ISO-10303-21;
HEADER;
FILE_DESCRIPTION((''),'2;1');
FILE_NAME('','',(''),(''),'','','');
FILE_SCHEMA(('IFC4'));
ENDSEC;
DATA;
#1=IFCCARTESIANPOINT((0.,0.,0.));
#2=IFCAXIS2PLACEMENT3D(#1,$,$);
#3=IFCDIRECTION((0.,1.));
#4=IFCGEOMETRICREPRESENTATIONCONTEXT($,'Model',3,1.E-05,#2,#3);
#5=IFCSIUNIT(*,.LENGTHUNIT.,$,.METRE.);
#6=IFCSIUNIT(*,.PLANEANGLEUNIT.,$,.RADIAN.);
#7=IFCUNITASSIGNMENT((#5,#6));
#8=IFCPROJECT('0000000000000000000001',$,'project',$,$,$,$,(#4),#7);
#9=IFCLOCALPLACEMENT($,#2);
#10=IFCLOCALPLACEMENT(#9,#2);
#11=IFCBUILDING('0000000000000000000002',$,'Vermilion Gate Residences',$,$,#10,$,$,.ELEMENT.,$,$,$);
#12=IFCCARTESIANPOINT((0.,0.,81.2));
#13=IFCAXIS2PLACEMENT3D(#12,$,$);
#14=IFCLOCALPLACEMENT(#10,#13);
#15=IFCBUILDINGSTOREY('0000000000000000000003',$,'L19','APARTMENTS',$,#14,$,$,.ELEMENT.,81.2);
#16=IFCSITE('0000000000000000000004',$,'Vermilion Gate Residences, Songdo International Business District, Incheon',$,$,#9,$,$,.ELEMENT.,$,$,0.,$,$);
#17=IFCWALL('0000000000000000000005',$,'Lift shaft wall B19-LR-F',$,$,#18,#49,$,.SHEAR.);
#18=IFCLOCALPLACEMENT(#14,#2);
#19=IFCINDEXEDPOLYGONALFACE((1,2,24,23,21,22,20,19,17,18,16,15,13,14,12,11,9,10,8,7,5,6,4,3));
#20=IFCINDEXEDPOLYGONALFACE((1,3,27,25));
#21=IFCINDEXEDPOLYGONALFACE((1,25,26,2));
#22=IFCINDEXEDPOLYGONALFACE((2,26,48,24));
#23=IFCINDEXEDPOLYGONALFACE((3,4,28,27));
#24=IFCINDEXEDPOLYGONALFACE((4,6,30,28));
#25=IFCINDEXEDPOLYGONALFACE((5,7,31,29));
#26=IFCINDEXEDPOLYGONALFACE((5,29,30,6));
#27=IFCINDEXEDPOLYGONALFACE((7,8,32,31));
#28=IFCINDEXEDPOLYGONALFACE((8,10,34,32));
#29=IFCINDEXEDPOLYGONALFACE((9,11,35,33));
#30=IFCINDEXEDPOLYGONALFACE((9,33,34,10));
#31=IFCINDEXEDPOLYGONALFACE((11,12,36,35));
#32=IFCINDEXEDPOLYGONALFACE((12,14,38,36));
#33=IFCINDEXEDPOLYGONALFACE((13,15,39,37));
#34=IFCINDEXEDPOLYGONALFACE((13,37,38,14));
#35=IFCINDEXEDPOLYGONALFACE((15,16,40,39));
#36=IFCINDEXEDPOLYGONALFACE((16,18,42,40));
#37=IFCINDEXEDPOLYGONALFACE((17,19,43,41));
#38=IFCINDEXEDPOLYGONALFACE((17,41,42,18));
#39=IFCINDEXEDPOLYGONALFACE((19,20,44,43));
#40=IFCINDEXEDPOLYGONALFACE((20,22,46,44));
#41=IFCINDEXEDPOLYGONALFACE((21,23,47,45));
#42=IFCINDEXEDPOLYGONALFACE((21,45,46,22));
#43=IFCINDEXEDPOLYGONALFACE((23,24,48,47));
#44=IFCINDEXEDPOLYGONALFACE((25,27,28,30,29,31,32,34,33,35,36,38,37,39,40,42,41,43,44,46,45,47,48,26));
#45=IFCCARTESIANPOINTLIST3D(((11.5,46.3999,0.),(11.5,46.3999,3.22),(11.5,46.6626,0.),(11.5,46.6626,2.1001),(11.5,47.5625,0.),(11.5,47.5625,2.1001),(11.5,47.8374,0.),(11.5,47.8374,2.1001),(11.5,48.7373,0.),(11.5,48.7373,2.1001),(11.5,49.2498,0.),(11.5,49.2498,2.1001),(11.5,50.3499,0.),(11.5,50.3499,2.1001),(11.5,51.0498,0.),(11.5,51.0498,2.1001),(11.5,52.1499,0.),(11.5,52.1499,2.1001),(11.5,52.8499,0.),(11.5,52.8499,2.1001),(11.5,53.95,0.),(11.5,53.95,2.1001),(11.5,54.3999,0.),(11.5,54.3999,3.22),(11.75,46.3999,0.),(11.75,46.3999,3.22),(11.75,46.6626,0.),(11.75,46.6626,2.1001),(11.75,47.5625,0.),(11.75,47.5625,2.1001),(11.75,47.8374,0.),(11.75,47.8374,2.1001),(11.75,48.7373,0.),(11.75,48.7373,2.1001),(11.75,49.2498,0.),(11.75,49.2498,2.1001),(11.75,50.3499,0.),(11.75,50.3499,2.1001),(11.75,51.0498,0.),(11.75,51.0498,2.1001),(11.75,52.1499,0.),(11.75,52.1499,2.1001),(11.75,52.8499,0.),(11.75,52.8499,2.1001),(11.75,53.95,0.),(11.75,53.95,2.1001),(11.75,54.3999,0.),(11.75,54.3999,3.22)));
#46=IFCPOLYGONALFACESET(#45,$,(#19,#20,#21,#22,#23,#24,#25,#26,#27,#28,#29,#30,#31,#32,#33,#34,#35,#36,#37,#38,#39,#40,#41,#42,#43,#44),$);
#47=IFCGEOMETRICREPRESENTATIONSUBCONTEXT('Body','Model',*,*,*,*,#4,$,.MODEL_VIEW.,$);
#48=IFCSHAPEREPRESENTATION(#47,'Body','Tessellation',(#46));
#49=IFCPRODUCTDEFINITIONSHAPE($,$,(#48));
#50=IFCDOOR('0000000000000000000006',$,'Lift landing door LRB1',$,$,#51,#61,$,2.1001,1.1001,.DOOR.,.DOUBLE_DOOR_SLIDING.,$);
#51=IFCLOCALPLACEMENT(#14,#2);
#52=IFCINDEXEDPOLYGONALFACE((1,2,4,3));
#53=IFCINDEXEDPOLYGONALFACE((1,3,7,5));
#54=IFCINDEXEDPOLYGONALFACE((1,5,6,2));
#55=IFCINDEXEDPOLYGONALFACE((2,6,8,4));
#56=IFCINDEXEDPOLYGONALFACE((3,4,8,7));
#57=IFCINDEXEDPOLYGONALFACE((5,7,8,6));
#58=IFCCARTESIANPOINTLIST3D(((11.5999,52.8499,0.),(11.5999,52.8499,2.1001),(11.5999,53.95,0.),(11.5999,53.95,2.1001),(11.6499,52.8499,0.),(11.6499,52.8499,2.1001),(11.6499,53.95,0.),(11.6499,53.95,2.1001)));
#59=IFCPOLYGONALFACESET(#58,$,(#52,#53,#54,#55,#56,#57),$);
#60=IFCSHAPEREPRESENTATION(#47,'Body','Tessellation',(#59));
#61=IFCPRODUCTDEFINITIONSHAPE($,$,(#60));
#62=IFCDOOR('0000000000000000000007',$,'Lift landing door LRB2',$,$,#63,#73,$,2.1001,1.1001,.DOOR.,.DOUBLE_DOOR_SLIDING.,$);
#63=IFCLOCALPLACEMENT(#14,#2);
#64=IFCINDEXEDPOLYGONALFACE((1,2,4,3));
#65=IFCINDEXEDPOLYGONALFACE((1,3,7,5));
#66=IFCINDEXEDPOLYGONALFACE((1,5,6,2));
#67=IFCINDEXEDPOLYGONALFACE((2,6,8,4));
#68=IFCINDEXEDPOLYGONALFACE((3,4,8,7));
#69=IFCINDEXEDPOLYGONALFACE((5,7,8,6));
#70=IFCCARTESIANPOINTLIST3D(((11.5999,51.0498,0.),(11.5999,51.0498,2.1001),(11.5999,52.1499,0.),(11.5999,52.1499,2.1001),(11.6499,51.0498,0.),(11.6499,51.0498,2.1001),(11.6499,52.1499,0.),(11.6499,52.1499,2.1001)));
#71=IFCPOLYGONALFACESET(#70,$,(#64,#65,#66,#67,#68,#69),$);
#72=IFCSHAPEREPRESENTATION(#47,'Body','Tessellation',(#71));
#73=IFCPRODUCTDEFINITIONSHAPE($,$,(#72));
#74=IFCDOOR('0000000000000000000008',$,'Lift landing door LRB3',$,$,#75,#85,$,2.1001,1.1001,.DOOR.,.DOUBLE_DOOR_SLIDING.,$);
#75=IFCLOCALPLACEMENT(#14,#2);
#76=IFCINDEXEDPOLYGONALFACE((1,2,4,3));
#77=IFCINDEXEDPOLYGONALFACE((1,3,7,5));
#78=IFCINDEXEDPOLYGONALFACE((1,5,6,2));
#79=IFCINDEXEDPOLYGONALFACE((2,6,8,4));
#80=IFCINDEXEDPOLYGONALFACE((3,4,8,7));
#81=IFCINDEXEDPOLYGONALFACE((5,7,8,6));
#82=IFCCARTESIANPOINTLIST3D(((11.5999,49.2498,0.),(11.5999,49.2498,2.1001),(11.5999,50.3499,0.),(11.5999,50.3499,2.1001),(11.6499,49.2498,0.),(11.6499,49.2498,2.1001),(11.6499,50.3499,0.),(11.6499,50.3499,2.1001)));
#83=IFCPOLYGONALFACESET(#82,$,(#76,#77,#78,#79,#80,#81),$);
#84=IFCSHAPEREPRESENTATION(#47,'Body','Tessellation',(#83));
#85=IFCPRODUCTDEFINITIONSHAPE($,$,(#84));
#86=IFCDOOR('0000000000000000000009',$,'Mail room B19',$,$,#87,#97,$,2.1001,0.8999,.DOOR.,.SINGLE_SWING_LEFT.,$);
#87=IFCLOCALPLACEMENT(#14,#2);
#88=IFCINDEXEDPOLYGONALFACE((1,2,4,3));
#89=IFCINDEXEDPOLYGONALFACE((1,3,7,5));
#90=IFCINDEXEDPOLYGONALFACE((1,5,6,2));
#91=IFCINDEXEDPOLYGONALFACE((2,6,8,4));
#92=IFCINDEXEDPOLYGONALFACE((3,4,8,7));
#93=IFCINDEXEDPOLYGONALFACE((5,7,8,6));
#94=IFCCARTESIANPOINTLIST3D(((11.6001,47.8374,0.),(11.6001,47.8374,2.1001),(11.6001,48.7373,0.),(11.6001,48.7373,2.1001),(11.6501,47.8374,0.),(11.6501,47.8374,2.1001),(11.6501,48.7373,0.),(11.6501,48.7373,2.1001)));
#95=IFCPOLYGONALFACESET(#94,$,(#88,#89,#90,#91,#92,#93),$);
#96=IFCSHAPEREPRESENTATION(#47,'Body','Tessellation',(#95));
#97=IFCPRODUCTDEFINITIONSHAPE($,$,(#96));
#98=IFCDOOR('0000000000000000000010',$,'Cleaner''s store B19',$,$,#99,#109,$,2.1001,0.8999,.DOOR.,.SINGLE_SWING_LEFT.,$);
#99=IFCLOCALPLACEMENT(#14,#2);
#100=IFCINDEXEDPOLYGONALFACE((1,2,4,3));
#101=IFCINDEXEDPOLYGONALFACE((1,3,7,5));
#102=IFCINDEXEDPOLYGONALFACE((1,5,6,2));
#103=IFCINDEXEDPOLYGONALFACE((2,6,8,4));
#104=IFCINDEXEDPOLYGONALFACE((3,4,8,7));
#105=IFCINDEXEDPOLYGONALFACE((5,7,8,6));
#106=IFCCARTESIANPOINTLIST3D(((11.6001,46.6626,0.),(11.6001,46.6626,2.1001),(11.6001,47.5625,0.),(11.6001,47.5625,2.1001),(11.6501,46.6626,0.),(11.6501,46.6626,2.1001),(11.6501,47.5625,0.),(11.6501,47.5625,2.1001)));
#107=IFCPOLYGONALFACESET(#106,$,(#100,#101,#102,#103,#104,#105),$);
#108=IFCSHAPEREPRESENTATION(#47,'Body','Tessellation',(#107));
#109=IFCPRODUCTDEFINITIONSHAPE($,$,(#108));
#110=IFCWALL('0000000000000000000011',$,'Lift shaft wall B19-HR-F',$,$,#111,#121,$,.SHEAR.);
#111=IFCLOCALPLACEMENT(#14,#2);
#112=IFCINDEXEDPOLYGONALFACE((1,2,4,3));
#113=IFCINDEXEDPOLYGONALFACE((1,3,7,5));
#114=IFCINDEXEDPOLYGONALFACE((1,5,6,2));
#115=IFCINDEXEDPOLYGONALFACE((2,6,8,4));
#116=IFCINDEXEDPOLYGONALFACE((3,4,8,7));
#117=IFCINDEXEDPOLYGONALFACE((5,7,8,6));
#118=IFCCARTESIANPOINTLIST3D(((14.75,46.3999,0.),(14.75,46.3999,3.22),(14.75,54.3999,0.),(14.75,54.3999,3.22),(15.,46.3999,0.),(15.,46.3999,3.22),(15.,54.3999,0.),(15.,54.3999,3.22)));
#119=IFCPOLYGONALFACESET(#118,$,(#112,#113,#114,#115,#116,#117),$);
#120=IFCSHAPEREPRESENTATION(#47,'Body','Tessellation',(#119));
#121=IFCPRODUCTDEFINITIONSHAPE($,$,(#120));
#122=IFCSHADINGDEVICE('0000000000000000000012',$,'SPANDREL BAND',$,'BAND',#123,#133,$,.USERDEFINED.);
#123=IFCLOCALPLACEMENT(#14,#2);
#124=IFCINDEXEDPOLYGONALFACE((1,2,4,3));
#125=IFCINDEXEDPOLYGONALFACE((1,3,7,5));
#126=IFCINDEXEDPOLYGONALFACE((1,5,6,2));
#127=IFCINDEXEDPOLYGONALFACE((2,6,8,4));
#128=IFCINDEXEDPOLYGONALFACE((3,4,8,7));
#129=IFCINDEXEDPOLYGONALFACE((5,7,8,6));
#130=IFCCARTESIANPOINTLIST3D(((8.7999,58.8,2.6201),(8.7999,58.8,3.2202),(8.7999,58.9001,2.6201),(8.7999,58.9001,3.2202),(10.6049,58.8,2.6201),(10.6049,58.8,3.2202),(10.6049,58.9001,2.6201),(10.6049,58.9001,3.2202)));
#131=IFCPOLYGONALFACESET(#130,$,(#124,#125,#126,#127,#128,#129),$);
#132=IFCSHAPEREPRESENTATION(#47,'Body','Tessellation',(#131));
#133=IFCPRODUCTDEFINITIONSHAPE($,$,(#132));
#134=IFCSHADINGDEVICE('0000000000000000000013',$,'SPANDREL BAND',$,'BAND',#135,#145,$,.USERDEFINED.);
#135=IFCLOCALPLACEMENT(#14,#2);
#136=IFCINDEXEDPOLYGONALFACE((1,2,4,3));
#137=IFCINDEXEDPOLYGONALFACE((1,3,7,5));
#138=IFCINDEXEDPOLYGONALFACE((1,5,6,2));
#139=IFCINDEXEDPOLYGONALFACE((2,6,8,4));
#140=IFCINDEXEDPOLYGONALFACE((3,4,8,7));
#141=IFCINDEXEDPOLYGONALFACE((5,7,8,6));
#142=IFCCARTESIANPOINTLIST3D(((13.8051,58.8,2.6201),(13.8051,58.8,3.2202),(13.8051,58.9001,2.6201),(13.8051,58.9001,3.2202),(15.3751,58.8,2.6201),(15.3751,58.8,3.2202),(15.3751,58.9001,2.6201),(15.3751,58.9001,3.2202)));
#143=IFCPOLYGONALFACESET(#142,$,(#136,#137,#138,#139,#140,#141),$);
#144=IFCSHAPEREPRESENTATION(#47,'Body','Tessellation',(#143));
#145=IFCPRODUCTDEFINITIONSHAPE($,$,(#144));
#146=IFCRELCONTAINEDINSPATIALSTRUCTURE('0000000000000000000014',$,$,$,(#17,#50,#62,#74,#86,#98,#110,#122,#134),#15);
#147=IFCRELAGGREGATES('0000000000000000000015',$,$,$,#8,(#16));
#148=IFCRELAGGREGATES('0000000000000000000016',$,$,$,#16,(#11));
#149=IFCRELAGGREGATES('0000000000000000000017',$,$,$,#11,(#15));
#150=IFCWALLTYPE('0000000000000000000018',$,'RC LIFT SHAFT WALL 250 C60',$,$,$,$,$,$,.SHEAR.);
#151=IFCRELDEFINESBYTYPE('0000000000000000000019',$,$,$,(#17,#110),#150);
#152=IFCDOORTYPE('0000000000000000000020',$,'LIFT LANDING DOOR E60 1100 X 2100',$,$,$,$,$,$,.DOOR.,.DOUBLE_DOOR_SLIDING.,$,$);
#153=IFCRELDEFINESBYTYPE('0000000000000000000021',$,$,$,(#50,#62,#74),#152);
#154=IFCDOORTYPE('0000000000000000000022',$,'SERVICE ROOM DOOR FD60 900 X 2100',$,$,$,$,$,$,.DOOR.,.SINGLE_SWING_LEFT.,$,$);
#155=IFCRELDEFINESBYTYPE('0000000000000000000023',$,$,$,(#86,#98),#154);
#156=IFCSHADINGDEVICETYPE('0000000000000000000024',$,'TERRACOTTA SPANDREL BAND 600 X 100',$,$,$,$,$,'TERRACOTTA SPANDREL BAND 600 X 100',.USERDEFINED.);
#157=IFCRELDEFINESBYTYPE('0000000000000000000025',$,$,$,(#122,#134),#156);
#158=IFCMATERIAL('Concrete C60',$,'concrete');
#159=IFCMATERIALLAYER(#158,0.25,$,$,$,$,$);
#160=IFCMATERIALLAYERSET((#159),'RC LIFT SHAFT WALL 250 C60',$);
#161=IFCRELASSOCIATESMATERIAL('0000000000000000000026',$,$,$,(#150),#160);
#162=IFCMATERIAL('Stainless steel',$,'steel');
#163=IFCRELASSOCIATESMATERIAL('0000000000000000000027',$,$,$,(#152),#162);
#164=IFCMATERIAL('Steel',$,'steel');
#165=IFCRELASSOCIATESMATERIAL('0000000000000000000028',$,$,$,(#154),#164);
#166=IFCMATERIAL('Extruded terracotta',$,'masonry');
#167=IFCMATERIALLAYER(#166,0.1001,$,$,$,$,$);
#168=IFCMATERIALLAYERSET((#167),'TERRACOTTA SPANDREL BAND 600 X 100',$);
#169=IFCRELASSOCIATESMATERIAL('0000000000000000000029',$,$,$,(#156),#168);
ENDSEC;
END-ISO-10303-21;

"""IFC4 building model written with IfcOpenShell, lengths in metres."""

from ifc_helpers import new_model, si_unit, direction, frame, frame_2d, origin, origin_2d, place, context, subcontext, project, spatial, rectangle, extrude, material, layer, layer_set, type_object, element, fill, save


model = new_model("IFC4")

# Units and contexts
model_context = context("Model", 3, precision=1e-05, world=origin(), true_north=direction((0.0, 1.0)))
body_context = subcontext(model_context, "Body", "Model", "MODEL_VIEW")
ifc_project = project(units=[si_unit("LENGTHUNIT", "METRE"), si_unit("PLANEANGLEUNIT", "RADIAN")], contexts=[model_context])

# Site, building, storey
site_placement = place(None, origin())
site = spatial("IfcSite", under=ifc_project, at=site_placement, Name="Vermilion Gate Residences, Songdo International Business District, Incheon", CompositionType="ELEMENT", RefElevation=0.0)
building_placement = place(site_placement, origin())
building = spatial("IfcBuilding", under=site, at=building_placement, Name="Vermilion Gate Residences", CompositionType="ELEMENT")
storey_placement = place(building_placement, frame((0.0, 0.0, 81.2)))
storey = spatial("IfcBuildingStorey", under=building, at=storey_placement, Name="L19", Description="APARTMENTS", CompositionType="ELEMENT", Elevation=81.2)

# Wall, openings, doors
ifc_material_1 = material(Name="Concrete C60", Category="concrete")
ifc_layer_1 = layer(ifc_material_1, 0.25)
ifc_layer_set_1 = layer_set([ifc_layer_1], Name="RC LIFT SHAFT WALL 250 C60")
wall_type_1 = type_object("IfcWallType", Name="RC LIFT SHAFT WALL 250 C60", PredefinedType="SHEAR", material=ifc_layer_set_1)
wall_1_placement = place(storey_placement, frame((11.625, 54.3999, 0.0), z_axis=(0.0, 0.0, 1.0), x_axis=(0.0, -1.0, 0.0)))
wall_1 = element("IfcWall", 1, at=wall_1_placement, inside=storey, type_object=wall_type_1, Name="Lift shaft wall B19-LR-F", PredefinedType="SHEAR", context=body_context, shape_type="SweptSolid", body=[
    extrude(rectangle(XDim=8.0, YDim=0.25, at=frame_2d((4.0, 0.0))), origin(), (0.0, 0.0, 1.0), 3.22),
])
opening_1_placement = place(wall_1_placement, frame((0.45, 0.0, 0.0)))
opening_1 = element("IfcOpeningElement", 2, at=opening_1_placement, cuts=wall_1, PredefinedType="OPENING", context=body_context, shape_type="SweptSolid", body=[
    extrude(rectangle(XDim=1.1001, YDim=2.1001, at=frame_2d((0.55, 1.05))), frame((0.0, 0.135, 0.0), z_axis=(0.0, -1.0, 0.0), x_axis=(1.0, 0.0, 0.0)), (0.0, 0.0, 1.0), 0.27),
])
opening_2_placement = place(wall_1_placement, frame((2.25, 0.0, 0.0)))
opening_2 = element("IfcOpeningElement", 3, at=opening_2_placement, cuts=wall_1, PredefinedType="OPENING", context=body_context, shape_type="SweptSolid", body=[
    extrude(rectangle(XDim=1.1001, YDim=2.1001, at=frame_2d((0.55, 1.05))), frame((0.0, 0.135, 0.0), z_axis=(0.0, -1.0, 0.0), x_axis=(1.0, 0.0, 0.0)), (0.0, 0.0, 1.0), 0.27),
])
opening_3_placement = place(wall_1_placement, frame((4.05, 0.0, 0.0)))
opening_3 = element("IfcOpeningElement", 4, at=opening_3_placement, cuts=wall_1, PredefinedType="OPENING", context=body_context, shape_type="SweptSolid", body=[
    extrude(rectangle(XDim=1.1001, YDim=2.1001, at=frame_2d((0.55, 1.05))), frame((0.0, 0.135, 0.0), z_axis=(0.0, -1.0, 0.0), x_axis=(1.0, 0.0, 0.0)), (0.0, 0.0, 1.0), 0.27),
])
opening_4_placement = place(wall_1_placement, frame((5.6626, 0.0, 0.0)))
opening_4 = element("IfcOpeningElement", 5, at=opening_4_placement, cuts=wall_1, PredefinedType="OPENING", context=body_context, shape_type="SweptSolid", body=[
    extrude(rectangle(XDim=0.8999, YDim=2.1001, at=frame_2d((0.45, 1.05))), frame((0.0, 0.135, 0.0), z_axis=(0.0, -1.0, 0.0), x_axis=(1.0, 0.0, 0.0)), (0.0, 0.0, 1.0), 0.27),
])
opening_5_placement = place(wall_1_placement, frame((6.8374, 0.0, 0.0)))
opening_5 = element("IfcOpeningElement", 6, at=opening_5_placement, cuts=wall_1, PredefinedType="OPENING", context=body_context, shape_type="SweptSolid", body=[
    extrude(rectangle(XDim=0.8999, YDim=2.1001, at=frame_2d((0.45, 1.05))), frame((0.0, 0.135, 0.0), z_axis=(0.0, -1.0, 0.0), x_axis=(1.0, 0.0, 0.0)), (0.0, 0.0, 1.0), 0.27),
])
ifc_material_2 = material(Name="Stainless steel", Category="steel")
door_type_1 = type_object("IfcDoorType", Name="LIFT LANDING DOOR E60 1100 X 2100", OperationType="DOUBLE_DOOR_SLIDING", PredefinedType="DOOR", material=ifc_material_2)
door_1_placement = place(opening_1_placement, origin())
door_1 = element("IfcDoor", 7, at=door_1_placement, inside=storey, type_object=door_type_1, Name="Lift landing door LRB1", OperationType="DOUBLE_DOOR_SLIDING", OverallHeight=2.1001, OverallWidth=1.1001, PredefinedType="DOOR", context=body_context, shape_type="SweptSolid", body=[
    extrude(rectangle(XDim=1.1001, YDim=2.1001, at=frame_2d((0.55, 1.05))), frame((0.0, 0.0249, 0.0), z_axis=(0.0, -1.0, 0.0), x_axis=(1.0, 0.0, 0.0)), (0.0, 0.0, 1.0), 0.05),
])
fill(opening_1, door_1)
door_2_placement = place(opening_2_placement, origin())
door_2 = element("IfcDoor", 8, at=door_2_placement, inside=storey, type_object=door_type_1, Name="Lift landing door LRB2", OperationType="DOUBLE_DOOR_SLIDING", OverallHeight=2.1001, OverallWidth=1.1001, PredefinedType="DOOR", context=body_context, shape_type="SweptSolid", body=[
    extrude(rectangle(XDim=1.1001, YDim=2.1001, at=frame_2d((0.55, 1.05))), frame((0.0, 0.0249, 0.0), z_axis=(0.0, -1.0, 0.0), x_axis=(1.0, 0.0, 0.0)), (0.0, 0.0, 1.0), 0.05),
])
fill(opening_2, door_2)
door_3_placement = place(opening_3_placement, origin())
door_3 = element("IfcDoor", 9, at=door_3_placement, inside=storey, type_object=door_type_1, Name="Lift landing door LRB3", OperationType="DOUBLE_DOOR_SLIDING", OverallHeight=2.1001, OverallWidth=1.1001, PredefinedType="DOOR", context=body_context, shape_type="SweptSolid", body=[
    extrude(rectangle(XDim=1.1001, YDim=2.1001, at=frame_2d((0.55, 1.05))), frame((0.0, 0.0249, 0.0), z_axis=(0.0, -1.0, 0.0), x_axis=(1.0, 0.0, 0.0)), (0.0, 0.0, 1.0), 0.05),
])
fill(opening_3, door_3)
ifc_material_3 = material(Name="Steel", Category="steel")
door_type_2 = type_object("IfcDoorType", Name="SERVICE ROOM DOOR FD60 900 X 2100", OperationType="SINGLE_SWING_LEFT", PredefinedType="DOOR", material=ifc_material_3)
door_4_placement = place(opening_4_placement, frame((0.8999, 0.0, 0.0), z_axis=(0.0, 0.0, 1.0), x_axis=(-1.0, 0.0, 0.0)))
door_4 = element("IfcDoor", 10, at=door_4_placement, inside=storey, type_object=door_type_2, Name="Mail room B19", OperationType="SINGLE_SWING_LEFT", OverallHeight=2.1001, OverallWidth=0.8999, PredefinedType="DOOR", context=body_context, shape_type="SweptSolid", body=[
    extrude(rectangle(XDim=0.8999, YDim=2.1001, at=frame_2d((0.45, 1.05))), frame((0.0, 0.0249, 0.0), z_axis=(0.0, -1.0, 0.0), x_axis=(1.0, 0.0, 0.0)), (0.0, 0.0, 1.0), 0.05),
])
fill(opening_4, door_4)
door_5_placement = place(opening_5_placement, frame((0.8999, 0.0, 0.0), z_axis=(0.0, 0.0, 1.0), x_axis=(-1.0, 0.0, 0.0)))
door_5 = element("IfcDoor", 11, at=door_5_placement, inside=storey, type_object=door_type_2, Name="Cleaner's store B19", OperationType="SINGLE_SWING_LEFT", OverallHeight=2.1001, OverallWidth=0.8999, PredefinedType="DOOR", context=body_context, shape_type="SweptSolid", body=[
    extrude(rectangle(XDim=0.8999, YDim=2.1001, at=frame_2d((0.45, 1.05))), frame((0.0, 0.0249, 0.0), z_axis=(0.0, -1.0, 0.0), x_axis=(1.0, 0.0, 0.0)), (0.0, 0.0, 1.0), 0.05),
])
fill(opening_5, door_5)

# Wall
wall_2_placement = place(storey_placement, frame((14.875, 54.3999, 0.0), z_axis=(0.0, 0.0, 1.0), x_axis=(0.0, -1.0, 0.0)))
element("IfcWall", 12, at=wall_2_placement, inside=storey, type_object=wall_type_1, Name="Lift shaft wall B19-HR-F", PredefinedType="SHEAR", context=body_context, shape_type="SweptSolid", body=[
    extrude(rectangle(XDim=8.0, YDim=0.25, at=frame_2d((4.0, 0.0))), origin(), (0.0, 0.0, 1.0), 3.22),
])

# Shading devices
ifc_material_4 = material(Name="Extruded terracotta", Category="masonry")
ifc_layer_2 = layer(ifc_material_4, 0.1001)
ifc_layer_set_2 = layer_set([ifc_layer_2], Name="TERRACOTTA SPANDREL BAND 600 X 100")
shading_device_type = type_object("IfcShadingDeviceType", Name="TERRACOTTA SPANDREL BAND 600 X 100", ElementType="TERRACOTTA SPANDREL BAND 600 X 100", PredefinedType="USERDEFINED", material=ifc_layer_set_2)
shading_device_1_placement = place(storey_placement, frame((9.7024, 58.8501, 2.6201), z_axis=(0.0, 0.0, 1.0), x_axis=(1.0, 0.0, 0.0)))
element("IfcShadingDevice", 13, at=shading_device_1_placement, inside=storey, type_object=shading_device_type, Name="SPANDREL BAND", ObjectType="BAND", PredefinedType="USERDEFINED", context=body_context, shape_type="SweptSolid", body=[
    extrude(rectangle(XDim=1.8049, YDim=0.1001, at=origin_2d()), origin(), (0.0, 0.0, 1.0), 0.6001),
])
shading_device_2_placement = place(storey_placement, frame((14.5901, 58.8501, 2.6201), z_axis=(0.0, 0.0, 1.0), x_axis=(1.0, 0.0, 0.0)))
element("IfcShadingDevice", 14, at=shading_device_2_placement, inside=storey, type_object=shading_device_type, Name="SPANDREL BAND", ObjectType="BAND", PredefinedType="USERDEFINED", context=body_context, shape_type="SweptSolid", body=[
    extrude(rectangle(XDim=1.5701, YDim=0.1001, at=origin_2d()), origin(), (0.0, 0.0, 1.0), 0.6001),
])

save(model, "model.ifc")
